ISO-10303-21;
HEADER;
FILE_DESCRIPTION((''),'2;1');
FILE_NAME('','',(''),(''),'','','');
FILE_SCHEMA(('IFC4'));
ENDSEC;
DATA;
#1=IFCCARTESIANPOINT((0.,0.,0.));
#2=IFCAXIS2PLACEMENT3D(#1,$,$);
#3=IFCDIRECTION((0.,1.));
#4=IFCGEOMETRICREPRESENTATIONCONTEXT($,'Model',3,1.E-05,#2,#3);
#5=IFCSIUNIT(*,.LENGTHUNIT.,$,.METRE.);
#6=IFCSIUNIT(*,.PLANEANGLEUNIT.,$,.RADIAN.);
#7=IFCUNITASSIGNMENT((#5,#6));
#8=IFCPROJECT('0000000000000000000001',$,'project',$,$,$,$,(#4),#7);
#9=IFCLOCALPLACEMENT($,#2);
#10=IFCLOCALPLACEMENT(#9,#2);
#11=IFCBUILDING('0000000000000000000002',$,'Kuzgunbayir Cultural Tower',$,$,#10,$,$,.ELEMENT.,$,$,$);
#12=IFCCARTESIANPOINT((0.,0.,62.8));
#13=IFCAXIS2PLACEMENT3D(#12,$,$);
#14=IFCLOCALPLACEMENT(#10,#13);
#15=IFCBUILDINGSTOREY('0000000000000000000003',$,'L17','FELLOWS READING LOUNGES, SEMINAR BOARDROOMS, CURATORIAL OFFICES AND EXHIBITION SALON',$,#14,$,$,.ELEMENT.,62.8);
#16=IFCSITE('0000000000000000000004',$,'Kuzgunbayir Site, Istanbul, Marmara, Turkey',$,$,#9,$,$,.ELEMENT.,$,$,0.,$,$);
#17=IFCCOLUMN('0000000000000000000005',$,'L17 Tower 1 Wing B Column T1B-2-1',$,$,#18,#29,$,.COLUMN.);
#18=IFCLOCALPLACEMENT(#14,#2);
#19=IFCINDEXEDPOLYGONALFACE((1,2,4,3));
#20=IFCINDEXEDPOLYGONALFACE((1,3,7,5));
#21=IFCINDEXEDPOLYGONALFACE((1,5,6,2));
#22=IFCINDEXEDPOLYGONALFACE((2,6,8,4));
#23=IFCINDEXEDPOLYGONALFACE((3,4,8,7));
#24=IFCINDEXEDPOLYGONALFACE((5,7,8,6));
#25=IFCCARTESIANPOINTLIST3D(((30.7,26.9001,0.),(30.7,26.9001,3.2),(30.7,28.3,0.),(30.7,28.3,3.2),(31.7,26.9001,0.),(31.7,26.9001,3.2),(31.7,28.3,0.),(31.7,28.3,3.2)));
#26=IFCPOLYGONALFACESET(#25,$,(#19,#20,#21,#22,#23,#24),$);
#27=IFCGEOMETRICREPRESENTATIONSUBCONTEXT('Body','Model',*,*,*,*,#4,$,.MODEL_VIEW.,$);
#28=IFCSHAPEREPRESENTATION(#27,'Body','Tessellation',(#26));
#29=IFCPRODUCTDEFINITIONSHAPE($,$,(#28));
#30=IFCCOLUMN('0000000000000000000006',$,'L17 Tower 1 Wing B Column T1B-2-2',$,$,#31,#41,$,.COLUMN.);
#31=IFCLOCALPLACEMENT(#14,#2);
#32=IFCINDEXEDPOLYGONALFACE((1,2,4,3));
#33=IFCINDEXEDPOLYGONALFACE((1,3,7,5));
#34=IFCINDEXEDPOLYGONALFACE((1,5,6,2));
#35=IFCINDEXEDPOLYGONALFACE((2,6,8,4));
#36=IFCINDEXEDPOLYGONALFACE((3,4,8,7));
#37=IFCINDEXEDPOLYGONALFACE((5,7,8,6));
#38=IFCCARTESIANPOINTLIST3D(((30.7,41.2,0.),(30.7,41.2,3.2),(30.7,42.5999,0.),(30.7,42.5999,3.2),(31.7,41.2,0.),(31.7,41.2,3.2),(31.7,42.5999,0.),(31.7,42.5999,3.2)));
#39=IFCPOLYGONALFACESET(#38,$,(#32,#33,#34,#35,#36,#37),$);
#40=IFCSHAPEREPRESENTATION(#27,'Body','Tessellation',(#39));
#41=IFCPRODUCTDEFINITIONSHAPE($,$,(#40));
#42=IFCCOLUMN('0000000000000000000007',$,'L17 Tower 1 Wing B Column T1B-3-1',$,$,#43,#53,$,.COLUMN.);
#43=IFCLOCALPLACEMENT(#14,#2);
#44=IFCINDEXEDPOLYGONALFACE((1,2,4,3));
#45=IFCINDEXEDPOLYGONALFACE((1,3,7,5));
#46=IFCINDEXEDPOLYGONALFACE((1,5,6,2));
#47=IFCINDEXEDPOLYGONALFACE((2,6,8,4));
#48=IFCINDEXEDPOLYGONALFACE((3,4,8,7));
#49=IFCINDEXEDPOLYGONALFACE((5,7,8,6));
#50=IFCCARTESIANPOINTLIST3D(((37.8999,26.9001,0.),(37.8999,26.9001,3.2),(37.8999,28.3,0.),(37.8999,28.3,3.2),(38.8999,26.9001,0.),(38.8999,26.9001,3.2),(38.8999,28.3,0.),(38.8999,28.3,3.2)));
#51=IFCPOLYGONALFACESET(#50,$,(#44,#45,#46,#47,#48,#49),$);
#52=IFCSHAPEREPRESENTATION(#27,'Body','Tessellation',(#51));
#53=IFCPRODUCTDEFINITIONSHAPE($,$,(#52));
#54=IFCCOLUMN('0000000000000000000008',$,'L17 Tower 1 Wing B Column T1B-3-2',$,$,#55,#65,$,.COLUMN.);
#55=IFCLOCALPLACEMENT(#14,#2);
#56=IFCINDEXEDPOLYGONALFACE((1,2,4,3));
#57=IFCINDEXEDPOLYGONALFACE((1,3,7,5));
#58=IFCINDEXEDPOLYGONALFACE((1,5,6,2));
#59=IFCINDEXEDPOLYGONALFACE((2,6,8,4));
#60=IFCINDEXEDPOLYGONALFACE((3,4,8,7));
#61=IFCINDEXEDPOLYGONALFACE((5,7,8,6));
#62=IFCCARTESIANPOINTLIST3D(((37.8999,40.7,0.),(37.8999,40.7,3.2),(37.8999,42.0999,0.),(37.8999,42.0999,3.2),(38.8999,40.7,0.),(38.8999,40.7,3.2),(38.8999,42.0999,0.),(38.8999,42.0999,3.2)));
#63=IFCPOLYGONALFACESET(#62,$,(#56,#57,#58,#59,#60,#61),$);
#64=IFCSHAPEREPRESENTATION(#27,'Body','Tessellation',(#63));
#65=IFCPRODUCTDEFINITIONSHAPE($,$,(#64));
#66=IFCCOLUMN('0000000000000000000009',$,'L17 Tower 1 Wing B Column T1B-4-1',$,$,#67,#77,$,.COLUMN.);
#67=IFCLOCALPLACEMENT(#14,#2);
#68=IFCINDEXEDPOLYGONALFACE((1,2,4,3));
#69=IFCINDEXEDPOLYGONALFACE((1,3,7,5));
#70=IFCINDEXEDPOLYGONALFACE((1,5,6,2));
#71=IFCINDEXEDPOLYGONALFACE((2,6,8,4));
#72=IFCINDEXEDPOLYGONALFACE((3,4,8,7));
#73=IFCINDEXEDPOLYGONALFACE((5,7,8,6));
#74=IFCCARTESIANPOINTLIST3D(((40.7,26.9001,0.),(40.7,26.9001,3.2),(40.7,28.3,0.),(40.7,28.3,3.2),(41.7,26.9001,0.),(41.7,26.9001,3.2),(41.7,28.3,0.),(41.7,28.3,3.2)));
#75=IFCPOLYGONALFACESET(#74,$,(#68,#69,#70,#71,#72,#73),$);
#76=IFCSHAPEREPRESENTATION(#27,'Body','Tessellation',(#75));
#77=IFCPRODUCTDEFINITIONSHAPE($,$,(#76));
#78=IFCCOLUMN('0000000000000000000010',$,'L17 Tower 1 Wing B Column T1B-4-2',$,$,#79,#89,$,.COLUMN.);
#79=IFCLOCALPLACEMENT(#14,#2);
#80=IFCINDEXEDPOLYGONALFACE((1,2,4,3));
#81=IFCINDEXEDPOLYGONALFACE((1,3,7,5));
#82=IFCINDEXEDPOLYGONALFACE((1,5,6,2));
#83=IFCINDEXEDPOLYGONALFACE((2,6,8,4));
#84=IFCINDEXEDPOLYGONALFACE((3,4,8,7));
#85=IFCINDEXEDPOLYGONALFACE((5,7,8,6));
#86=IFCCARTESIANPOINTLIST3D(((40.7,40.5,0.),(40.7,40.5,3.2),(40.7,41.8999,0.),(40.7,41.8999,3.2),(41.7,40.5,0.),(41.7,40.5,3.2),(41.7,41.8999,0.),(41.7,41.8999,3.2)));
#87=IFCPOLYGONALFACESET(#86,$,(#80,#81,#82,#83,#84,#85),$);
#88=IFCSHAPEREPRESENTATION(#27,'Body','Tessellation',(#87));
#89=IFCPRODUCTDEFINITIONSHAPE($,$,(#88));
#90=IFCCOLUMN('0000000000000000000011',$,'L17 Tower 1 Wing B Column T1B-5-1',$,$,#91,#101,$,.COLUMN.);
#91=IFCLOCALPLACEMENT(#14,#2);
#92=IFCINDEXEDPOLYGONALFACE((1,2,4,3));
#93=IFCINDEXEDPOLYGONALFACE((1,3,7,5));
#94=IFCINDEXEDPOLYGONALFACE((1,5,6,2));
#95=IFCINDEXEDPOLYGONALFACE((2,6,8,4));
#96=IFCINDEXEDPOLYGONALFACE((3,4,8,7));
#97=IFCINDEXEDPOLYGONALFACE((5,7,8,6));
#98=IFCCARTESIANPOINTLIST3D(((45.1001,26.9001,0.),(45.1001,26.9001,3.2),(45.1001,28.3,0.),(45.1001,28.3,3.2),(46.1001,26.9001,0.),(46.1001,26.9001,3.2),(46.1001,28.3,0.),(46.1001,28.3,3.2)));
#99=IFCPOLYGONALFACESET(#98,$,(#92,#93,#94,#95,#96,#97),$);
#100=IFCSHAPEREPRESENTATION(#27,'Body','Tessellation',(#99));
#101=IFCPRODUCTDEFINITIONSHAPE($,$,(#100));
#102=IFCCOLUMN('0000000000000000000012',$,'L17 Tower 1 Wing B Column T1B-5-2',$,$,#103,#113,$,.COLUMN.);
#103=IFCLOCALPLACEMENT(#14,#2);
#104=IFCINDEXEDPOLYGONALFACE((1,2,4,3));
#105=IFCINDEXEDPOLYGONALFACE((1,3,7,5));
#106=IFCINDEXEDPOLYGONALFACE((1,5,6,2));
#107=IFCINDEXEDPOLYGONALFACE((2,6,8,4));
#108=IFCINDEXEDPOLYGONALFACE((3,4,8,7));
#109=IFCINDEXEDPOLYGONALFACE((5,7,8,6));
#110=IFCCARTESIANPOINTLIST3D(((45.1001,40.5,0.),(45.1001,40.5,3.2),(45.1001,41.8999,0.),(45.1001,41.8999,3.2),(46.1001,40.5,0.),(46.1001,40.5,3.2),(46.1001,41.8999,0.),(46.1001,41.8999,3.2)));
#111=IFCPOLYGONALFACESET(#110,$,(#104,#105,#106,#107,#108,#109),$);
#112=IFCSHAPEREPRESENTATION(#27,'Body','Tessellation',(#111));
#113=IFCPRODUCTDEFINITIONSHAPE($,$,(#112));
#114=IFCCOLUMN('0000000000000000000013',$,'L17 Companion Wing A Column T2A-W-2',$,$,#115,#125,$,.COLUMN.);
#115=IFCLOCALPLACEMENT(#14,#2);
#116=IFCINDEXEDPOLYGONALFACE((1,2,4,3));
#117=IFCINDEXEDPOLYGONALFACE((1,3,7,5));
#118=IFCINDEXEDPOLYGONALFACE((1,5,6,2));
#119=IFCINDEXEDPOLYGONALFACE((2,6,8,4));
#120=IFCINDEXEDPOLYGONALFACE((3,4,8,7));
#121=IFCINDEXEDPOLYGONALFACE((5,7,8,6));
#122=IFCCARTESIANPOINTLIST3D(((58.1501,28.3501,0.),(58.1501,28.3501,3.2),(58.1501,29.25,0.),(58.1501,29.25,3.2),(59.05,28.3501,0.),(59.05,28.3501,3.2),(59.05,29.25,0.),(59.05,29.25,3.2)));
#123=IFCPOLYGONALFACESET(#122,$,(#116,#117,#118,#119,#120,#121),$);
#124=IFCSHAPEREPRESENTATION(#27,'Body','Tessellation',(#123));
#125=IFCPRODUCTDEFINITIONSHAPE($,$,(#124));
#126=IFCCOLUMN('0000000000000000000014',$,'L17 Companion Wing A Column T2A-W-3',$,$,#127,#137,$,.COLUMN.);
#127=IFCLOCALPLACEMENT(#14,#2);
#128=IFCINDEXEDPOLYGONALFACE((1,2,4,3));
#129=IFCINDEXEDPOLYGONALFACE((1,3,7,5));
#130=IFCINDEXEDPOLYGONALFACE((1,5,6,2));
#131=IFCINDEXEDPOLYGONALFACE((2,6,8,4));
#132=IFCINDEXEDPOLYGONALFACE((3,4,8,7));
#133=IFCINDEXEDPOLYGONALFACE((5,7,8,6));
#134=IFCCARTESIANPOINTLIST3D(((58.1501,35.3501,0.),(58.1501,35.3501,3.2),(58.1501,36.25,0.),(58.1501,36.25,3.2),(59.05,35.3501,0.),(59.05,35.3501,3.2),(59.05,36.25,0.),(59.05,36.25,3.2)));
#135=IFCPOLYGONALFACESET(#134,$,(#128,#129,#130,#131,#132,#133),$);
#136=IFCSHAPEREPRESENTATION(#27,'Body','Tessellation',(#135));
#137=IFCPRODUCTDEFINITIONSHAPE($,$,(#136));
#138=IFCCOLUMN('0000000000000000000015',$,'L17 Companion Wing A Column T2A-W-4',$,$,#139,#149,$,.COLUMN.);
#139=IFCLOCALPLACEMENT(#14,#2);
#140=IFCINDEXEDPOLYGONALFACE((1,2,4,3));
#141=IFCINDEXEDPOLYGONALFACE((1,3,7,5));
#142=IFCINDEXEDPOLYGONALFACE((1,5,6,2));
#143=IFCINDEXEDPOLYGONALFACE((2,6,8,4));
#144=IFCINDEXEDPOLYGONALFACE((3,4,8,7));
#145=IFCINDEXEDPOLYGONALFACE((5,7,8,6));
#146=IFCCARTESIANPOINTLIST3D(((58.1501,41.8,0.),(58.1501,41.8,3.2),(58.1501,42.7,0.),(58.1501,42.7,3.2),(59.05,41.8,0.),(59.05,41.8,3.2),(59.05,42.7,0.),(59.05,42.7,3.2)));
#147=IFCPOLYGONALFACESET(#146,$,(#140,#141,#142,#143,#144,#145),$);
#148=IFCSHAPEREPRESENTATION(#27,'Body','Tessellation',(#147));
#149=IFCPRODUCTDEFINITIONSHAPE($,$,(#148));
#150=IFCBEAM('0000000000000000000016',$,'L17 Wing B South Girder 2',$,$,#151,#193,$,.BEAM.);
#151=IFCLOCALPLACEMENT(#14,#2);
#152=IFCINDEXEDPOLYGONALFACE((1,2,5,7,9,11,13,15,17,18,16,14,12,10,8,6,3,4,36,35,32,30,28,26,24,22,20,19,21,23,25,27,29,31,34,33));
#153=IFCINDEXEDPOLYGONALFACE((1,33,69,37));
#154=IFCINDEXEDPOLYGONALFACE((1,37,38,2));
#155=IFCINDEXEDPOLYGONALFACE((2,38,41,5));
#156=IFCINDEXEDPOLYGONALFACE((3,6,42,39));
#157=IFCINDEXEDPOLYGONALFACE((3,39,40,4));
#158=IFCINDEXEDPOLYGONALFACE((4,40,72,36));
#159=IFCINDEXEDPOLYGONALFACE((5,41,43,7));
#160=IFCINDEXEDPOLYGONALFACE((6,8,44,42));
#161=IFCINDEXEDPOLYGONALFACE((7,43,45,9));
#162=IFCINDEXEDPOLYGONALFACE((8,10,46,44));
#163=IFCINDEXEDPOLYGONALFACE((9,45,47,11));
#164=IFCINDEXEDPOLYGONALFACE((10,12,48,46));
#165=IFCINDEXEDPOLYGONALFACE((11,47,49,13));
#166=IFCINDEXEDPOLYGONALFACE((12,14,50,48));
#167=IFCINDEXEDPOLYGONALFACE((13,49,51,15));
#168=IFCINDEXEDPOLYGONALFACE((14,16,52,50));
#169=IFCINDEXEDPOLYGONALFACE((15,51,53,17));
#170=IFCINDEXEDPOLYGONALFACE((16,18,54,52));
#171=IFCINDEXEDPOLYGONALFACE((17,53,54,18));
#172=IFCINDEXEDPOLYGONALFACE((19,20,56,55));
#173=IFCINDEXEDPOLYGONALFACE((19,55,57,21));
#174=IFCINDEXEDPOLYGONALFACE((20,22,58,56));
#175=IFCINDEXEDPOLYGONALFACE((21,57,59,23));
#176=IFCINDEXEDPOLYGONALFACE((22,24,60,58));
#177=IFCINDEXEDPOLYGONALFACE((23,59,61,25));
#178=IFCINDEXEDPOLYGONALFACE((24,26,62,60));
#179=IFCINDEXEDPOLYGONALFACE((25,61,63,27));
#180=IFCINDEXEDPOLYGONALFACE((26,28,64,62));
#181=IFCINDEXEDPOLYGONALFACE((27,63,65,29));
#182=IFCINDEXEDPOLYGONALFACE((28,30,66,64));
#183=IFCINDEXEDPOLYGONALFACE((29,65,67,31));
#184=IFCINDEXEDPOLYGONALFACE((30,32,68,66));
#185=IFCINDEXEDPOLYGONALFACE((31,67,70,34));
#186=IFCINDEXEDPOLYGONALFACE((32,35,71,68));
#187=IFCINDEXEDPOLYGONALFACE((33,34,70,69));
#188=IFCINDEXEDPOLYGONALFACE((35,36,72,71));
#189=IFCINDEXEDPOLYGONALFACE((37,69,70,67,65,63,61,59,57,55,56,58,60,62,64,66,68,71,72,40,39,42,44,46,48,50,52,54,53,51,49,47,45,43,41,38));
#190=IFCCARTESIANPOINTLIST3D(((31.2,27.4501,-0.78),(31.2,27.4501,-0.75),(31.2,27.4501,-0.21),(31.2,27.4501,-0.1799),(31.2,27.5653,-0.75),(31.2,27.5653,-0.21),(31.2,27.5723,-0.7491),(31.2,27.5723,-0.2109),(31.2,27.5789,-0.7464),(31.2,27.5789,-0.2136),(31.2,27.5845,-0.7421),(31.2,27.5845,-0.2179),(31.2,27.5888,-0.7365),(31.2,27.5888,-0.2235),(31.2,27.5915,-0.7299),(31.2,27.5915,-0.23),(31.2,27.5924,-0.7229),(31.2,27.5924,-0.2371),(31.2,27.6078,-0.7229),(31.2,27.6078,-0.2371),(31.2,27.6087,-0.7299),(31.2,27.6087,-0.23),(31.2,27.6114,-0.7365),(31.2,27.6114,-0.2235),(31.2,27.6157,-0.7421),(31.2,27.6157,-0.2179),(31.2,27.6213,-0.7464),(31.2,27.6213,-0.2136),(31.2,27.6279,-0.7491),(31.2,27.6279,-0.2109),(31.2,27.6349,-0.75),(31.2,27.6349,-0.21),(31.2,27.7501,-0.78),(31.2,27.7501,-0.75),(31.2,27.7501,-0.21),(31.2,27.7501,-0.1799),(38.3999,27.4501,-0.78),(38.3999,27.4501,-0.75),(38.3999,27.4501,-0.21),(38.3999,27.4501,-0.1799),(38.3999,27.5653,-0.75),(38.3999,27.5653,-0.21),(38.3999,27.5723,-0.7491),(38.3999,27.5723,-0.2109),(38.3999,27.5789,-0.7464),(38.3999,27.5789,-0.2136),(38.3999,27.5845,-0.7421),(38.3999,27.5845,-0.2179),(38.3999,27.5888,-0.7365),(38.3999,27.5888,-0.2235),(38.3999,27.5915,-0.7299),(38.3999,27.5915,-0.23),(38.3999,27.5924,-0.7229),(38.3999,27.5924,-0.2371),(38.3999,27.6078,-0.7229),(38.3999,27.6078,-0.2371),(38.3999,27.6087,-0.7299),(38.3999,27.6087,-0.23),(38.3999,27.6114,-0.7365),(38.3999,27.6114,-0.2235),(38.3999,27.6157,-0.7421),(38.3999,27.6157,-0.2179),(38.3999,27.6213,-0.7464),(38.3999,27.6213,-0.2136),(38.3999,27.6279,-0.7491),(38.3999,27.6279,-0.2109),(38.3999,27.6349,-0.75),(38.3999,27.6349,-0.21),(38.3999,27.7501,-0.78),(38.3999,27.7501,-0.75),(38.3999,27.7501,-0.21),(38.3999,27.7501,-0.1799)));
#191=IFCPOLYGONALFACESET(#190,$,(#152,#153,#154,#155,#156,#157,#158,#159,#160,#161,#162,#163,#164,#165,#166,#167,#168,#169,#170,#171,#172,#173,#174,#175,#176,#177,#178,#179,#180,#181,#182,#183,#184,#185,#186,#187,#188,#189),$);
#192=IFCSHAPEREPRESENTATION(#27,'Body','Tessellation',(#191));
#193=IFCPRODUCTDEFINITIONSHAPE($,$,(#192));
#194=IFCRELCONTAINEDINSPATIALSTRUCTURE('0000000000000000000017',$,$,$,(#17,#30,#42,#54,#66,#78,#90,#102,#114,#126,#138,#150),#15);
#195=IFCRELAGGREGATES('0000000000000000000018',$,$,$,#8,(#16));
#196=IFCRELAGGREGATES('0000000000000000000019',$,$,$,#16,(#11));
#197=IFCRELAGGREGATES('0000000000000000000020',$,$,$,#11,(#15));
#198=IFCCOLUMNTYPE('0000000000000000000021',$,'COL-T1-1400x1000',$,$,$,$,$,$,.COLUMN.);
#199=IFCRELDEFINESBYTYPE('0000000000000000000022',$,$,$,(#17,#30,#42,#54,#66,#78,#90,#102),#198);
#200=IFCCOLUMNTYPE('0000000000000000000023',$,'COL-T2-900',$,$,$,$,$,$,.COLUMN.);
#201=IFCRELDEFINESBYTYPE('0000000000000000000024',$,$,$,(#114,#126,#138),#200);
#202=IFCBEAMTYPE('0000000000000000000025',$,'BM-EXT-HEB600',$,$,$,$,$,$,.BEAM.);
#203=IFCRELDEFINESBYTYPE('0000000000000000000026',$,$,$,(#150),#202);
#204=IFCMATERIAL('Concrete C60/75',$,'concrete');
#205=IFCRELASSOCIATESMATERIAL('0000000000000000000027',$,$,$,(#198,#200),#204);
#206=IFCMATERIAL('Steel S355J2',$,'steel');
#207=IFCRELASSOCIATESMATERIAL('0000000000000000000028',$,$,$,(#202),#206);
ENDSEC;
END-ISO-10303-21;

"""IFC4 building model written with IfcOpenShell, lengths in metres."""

from ifc_helpers import new_model, si_unit, direction, frame, origin, origin_2d, place, context, subcontext, project, spatial, rectangle, i_section, extrude, material, material_profile, profile_set, type_object, element, save


model = new_model("IFC4")

# Units and contexts
model_context = context("Model", 3, precision=1e-05, world=origin(), true_north=direction((0.0, 1.0)))
body_context = subcontext(model_context, "Body", "Model", "MODEL_VIEW")
ifc_project = project(units=[si_unit("LENGTHUNIT", "METRE"), si_unit("PLANEANGLEUNIT", "RADIAN")], contexts=[model_context])

# Site, building, storey
site_placement = place(None, origin())
site = spatial("IfcSite", under=ifc_project, at=site_placement, Name="Kuzgunbayir Site, Istanbul, Marmara, Turkey", CompositionType="ELEMENT", RefElevation=0.0)
building_placement = place(site_placement, origin())
building = spatial("IfcBuilding", under=site, at=building_placement, Name="Kuzgunbayir Cultural Tower", CompositionType="ELEMENT")
storey_placement = place(building_placement, frame((0.0, 0.0, 62.8)))
storey = spatial("IfcBuildingStorey", under=building, at=storey_placement, Name="L17", Description="FELLOWS READING LOUNGES, SEMINAR BOARDROOMS, CURATORIAL OFFICES AND EXHIBITION SALON", CompositionType="ELEMENT", Elevation=62.8)

# Columns
ifc_material_1 = material(Name="Concrete C60/75", Category="concrete")
ifc_material_profile_1 = material_profile(ifc_material_1, rectangle(XDim=1.0, YDim=1.3999, at=origin_2d()), Name="RC 1400x1000")
ifc_profile_set_1 = profile_set([ifc_material_profile_1], Name="Concrete C60/75")
column_type_1 = type_object("IfcColumnType", Name="COL-T1-1400x1000", PredefinedType="COLUMN", material=ifc_profile_set_1)
for number, where, z_axis, x_axis, name in (
    (1, (31.2, 27.6001, 0.0), (0.0, 0.0, 1.0), (1.0, 0.0, 0.0), "L17 Tower 1 Wing B Column T1B-2-1"),
    (2, (31.2, 41.8999, 0.0), (0.0, 0.0, 1.0), (1.0, 0.0, 0.0), "L17 Tower 1 Wing B Column T1B-2-2"),
    (3, (38.3999, 27.6001, 0.0), (0.0, 0.0, 1.0), (1.0, 0.0, 0.0), "L17 Tower 1 Wing B Column T1B-3-1"),
    (4, (38.3999, 41.3999, 0.0), (0.0, 0.0, 1.0), (1.0, 0.0, 0.0), "L17 Tower 1 Wing B Column T1B-3-2"),
    (5, (41.2, 27.6001, 0.0), (0.0, 0.0, 1.0), (1.0, 0.0, 0.0), "L17 Tower 1 Wing B Column T1B-4-1"),
    (6, (41.2, 41.2, 0.0), (0.0, 0.0, 1.0), (1.0, 0.0, 0.0), "L17 Tower 1 Wing B Column T1B-4-2"),
    (7, (45.6001, 27.6001, 0.0), (0.0, 0.0, 1.0), (1.0, 0.0, 0.0), "L17 Tower 1 Wing B Column T1B-5-1"),
    (8, (45.6001, 41.2, 0.0), (0.0, 0.0, 1.0), (1.0, 0.0, 0.0), "L17 Tower 1 Wing B Column T1B-5-2"),
):
    element("IfcColumn", number, at=place(storey_placement, frame(where, z_axis=z_axis, x_axis=x_axis)), inside=storey, type_object=column_type_1, Name=name, PredefinedType="COLUMN", context=body_context, shape_type="SweptSolid", body=[
        extrude(rectangle(XDim=1.0, YDim=1.3999, at=origin_2d()), origin(), (0.0, 0.0, 1.0), 3.2),
    ])
ifc_material_profile_2 = material_profile(ifc_material_1, rectangle(XDim=0.8999, YDim=0.8999, at=origin_2d()), Name="RC 900x900")
ifc_profile_set_2 = profile_set([ifc_material_profile_2], Name="Concrete C60/75")
column_type_2 = type_object("IfcColumnType", Name="COL-T2-900", PredefinedType="COLUMN", material=ifc_profile_set_2)
for number, where, z_axis, x_axis, name in (
    (9, (58.6001, 28.8, 0.0), (0.0, 0.0, 1.0), (1.0, 0.0, 0.0), "L17 Companion Wing A Column T2A-W-2"),
    (10, (58.6001, 35.8, 0.0), (0.0, 0.0, 1.0), (1.0, 0.0, 0.0), "L17 Companion Wing A Column T2A-W-3"),
    (11, (58.6001, 42.25, 0.0), (0.0, 0.0, 1.0), (1.0, 0.0, 0.0), "L17 Companion Wing A Column T2A-W-4"),
):
    element("IfcColumn", number, at=place(storey_placement, frame(where, z_axis=z_axis, x_axis=x_axis)), inside=storey, type_object=column_type_2, Name=name, PredefinedType="COLUMN", context=body_context, shape_type="SweptSolid", body=[
        extrude(rectangle(XDim=0.8999, YDim=0.8999, at=origin_2d()), origin(), (0.0, 0.0, 1.0), 3.2),
    ])

# Beam
ifc_material_2 = material(Name="Steel S355J2", Category="steel")
ifc_material_profile_3 = material_profile(ifc_material_2, i_section(OverallWidth=0.3, OverallDepth=0.6001, WebThickness=0.0154, FlangeThickness=0.03, FilletRadius=0.0271, at=origin_2d()), Name="HEB 600")
ifc_profile_set_3 = profile_set([ifc_material_profile_3], Name="Steel S355J2")
beam_type_1 = type_object("IfcBeamType", Name="BM-EXT-HEB600", PredefinedType="BEAM", material=ifc_profile_set_3)
beam_1_placement = place(storey_placement, frame((31.2, 27.6001, -0.48), z_axis=(1.0, 0.0, 0.0), x_axis=(0.0, 1.0, 0.0)))
element("IfcBeam", 12, at=beam_1_placement, inside=storey, type_object=beam_type_1, Name="L17 Wing B South Girder 2", PredefinedType="BEAM", context=body_context, shape_type="SweptSolid", body=[
    extrude(i_section(OverallWidth=0.3, OverallDepth=0.6001, WebThickness=0.0154, FlangeThickness=0.03, FilletRadius=0.0271, at=origin_2d()), origin(), (0.0, 0.0, 1.0), 7.2),
])

save(model, "model.ifc")
